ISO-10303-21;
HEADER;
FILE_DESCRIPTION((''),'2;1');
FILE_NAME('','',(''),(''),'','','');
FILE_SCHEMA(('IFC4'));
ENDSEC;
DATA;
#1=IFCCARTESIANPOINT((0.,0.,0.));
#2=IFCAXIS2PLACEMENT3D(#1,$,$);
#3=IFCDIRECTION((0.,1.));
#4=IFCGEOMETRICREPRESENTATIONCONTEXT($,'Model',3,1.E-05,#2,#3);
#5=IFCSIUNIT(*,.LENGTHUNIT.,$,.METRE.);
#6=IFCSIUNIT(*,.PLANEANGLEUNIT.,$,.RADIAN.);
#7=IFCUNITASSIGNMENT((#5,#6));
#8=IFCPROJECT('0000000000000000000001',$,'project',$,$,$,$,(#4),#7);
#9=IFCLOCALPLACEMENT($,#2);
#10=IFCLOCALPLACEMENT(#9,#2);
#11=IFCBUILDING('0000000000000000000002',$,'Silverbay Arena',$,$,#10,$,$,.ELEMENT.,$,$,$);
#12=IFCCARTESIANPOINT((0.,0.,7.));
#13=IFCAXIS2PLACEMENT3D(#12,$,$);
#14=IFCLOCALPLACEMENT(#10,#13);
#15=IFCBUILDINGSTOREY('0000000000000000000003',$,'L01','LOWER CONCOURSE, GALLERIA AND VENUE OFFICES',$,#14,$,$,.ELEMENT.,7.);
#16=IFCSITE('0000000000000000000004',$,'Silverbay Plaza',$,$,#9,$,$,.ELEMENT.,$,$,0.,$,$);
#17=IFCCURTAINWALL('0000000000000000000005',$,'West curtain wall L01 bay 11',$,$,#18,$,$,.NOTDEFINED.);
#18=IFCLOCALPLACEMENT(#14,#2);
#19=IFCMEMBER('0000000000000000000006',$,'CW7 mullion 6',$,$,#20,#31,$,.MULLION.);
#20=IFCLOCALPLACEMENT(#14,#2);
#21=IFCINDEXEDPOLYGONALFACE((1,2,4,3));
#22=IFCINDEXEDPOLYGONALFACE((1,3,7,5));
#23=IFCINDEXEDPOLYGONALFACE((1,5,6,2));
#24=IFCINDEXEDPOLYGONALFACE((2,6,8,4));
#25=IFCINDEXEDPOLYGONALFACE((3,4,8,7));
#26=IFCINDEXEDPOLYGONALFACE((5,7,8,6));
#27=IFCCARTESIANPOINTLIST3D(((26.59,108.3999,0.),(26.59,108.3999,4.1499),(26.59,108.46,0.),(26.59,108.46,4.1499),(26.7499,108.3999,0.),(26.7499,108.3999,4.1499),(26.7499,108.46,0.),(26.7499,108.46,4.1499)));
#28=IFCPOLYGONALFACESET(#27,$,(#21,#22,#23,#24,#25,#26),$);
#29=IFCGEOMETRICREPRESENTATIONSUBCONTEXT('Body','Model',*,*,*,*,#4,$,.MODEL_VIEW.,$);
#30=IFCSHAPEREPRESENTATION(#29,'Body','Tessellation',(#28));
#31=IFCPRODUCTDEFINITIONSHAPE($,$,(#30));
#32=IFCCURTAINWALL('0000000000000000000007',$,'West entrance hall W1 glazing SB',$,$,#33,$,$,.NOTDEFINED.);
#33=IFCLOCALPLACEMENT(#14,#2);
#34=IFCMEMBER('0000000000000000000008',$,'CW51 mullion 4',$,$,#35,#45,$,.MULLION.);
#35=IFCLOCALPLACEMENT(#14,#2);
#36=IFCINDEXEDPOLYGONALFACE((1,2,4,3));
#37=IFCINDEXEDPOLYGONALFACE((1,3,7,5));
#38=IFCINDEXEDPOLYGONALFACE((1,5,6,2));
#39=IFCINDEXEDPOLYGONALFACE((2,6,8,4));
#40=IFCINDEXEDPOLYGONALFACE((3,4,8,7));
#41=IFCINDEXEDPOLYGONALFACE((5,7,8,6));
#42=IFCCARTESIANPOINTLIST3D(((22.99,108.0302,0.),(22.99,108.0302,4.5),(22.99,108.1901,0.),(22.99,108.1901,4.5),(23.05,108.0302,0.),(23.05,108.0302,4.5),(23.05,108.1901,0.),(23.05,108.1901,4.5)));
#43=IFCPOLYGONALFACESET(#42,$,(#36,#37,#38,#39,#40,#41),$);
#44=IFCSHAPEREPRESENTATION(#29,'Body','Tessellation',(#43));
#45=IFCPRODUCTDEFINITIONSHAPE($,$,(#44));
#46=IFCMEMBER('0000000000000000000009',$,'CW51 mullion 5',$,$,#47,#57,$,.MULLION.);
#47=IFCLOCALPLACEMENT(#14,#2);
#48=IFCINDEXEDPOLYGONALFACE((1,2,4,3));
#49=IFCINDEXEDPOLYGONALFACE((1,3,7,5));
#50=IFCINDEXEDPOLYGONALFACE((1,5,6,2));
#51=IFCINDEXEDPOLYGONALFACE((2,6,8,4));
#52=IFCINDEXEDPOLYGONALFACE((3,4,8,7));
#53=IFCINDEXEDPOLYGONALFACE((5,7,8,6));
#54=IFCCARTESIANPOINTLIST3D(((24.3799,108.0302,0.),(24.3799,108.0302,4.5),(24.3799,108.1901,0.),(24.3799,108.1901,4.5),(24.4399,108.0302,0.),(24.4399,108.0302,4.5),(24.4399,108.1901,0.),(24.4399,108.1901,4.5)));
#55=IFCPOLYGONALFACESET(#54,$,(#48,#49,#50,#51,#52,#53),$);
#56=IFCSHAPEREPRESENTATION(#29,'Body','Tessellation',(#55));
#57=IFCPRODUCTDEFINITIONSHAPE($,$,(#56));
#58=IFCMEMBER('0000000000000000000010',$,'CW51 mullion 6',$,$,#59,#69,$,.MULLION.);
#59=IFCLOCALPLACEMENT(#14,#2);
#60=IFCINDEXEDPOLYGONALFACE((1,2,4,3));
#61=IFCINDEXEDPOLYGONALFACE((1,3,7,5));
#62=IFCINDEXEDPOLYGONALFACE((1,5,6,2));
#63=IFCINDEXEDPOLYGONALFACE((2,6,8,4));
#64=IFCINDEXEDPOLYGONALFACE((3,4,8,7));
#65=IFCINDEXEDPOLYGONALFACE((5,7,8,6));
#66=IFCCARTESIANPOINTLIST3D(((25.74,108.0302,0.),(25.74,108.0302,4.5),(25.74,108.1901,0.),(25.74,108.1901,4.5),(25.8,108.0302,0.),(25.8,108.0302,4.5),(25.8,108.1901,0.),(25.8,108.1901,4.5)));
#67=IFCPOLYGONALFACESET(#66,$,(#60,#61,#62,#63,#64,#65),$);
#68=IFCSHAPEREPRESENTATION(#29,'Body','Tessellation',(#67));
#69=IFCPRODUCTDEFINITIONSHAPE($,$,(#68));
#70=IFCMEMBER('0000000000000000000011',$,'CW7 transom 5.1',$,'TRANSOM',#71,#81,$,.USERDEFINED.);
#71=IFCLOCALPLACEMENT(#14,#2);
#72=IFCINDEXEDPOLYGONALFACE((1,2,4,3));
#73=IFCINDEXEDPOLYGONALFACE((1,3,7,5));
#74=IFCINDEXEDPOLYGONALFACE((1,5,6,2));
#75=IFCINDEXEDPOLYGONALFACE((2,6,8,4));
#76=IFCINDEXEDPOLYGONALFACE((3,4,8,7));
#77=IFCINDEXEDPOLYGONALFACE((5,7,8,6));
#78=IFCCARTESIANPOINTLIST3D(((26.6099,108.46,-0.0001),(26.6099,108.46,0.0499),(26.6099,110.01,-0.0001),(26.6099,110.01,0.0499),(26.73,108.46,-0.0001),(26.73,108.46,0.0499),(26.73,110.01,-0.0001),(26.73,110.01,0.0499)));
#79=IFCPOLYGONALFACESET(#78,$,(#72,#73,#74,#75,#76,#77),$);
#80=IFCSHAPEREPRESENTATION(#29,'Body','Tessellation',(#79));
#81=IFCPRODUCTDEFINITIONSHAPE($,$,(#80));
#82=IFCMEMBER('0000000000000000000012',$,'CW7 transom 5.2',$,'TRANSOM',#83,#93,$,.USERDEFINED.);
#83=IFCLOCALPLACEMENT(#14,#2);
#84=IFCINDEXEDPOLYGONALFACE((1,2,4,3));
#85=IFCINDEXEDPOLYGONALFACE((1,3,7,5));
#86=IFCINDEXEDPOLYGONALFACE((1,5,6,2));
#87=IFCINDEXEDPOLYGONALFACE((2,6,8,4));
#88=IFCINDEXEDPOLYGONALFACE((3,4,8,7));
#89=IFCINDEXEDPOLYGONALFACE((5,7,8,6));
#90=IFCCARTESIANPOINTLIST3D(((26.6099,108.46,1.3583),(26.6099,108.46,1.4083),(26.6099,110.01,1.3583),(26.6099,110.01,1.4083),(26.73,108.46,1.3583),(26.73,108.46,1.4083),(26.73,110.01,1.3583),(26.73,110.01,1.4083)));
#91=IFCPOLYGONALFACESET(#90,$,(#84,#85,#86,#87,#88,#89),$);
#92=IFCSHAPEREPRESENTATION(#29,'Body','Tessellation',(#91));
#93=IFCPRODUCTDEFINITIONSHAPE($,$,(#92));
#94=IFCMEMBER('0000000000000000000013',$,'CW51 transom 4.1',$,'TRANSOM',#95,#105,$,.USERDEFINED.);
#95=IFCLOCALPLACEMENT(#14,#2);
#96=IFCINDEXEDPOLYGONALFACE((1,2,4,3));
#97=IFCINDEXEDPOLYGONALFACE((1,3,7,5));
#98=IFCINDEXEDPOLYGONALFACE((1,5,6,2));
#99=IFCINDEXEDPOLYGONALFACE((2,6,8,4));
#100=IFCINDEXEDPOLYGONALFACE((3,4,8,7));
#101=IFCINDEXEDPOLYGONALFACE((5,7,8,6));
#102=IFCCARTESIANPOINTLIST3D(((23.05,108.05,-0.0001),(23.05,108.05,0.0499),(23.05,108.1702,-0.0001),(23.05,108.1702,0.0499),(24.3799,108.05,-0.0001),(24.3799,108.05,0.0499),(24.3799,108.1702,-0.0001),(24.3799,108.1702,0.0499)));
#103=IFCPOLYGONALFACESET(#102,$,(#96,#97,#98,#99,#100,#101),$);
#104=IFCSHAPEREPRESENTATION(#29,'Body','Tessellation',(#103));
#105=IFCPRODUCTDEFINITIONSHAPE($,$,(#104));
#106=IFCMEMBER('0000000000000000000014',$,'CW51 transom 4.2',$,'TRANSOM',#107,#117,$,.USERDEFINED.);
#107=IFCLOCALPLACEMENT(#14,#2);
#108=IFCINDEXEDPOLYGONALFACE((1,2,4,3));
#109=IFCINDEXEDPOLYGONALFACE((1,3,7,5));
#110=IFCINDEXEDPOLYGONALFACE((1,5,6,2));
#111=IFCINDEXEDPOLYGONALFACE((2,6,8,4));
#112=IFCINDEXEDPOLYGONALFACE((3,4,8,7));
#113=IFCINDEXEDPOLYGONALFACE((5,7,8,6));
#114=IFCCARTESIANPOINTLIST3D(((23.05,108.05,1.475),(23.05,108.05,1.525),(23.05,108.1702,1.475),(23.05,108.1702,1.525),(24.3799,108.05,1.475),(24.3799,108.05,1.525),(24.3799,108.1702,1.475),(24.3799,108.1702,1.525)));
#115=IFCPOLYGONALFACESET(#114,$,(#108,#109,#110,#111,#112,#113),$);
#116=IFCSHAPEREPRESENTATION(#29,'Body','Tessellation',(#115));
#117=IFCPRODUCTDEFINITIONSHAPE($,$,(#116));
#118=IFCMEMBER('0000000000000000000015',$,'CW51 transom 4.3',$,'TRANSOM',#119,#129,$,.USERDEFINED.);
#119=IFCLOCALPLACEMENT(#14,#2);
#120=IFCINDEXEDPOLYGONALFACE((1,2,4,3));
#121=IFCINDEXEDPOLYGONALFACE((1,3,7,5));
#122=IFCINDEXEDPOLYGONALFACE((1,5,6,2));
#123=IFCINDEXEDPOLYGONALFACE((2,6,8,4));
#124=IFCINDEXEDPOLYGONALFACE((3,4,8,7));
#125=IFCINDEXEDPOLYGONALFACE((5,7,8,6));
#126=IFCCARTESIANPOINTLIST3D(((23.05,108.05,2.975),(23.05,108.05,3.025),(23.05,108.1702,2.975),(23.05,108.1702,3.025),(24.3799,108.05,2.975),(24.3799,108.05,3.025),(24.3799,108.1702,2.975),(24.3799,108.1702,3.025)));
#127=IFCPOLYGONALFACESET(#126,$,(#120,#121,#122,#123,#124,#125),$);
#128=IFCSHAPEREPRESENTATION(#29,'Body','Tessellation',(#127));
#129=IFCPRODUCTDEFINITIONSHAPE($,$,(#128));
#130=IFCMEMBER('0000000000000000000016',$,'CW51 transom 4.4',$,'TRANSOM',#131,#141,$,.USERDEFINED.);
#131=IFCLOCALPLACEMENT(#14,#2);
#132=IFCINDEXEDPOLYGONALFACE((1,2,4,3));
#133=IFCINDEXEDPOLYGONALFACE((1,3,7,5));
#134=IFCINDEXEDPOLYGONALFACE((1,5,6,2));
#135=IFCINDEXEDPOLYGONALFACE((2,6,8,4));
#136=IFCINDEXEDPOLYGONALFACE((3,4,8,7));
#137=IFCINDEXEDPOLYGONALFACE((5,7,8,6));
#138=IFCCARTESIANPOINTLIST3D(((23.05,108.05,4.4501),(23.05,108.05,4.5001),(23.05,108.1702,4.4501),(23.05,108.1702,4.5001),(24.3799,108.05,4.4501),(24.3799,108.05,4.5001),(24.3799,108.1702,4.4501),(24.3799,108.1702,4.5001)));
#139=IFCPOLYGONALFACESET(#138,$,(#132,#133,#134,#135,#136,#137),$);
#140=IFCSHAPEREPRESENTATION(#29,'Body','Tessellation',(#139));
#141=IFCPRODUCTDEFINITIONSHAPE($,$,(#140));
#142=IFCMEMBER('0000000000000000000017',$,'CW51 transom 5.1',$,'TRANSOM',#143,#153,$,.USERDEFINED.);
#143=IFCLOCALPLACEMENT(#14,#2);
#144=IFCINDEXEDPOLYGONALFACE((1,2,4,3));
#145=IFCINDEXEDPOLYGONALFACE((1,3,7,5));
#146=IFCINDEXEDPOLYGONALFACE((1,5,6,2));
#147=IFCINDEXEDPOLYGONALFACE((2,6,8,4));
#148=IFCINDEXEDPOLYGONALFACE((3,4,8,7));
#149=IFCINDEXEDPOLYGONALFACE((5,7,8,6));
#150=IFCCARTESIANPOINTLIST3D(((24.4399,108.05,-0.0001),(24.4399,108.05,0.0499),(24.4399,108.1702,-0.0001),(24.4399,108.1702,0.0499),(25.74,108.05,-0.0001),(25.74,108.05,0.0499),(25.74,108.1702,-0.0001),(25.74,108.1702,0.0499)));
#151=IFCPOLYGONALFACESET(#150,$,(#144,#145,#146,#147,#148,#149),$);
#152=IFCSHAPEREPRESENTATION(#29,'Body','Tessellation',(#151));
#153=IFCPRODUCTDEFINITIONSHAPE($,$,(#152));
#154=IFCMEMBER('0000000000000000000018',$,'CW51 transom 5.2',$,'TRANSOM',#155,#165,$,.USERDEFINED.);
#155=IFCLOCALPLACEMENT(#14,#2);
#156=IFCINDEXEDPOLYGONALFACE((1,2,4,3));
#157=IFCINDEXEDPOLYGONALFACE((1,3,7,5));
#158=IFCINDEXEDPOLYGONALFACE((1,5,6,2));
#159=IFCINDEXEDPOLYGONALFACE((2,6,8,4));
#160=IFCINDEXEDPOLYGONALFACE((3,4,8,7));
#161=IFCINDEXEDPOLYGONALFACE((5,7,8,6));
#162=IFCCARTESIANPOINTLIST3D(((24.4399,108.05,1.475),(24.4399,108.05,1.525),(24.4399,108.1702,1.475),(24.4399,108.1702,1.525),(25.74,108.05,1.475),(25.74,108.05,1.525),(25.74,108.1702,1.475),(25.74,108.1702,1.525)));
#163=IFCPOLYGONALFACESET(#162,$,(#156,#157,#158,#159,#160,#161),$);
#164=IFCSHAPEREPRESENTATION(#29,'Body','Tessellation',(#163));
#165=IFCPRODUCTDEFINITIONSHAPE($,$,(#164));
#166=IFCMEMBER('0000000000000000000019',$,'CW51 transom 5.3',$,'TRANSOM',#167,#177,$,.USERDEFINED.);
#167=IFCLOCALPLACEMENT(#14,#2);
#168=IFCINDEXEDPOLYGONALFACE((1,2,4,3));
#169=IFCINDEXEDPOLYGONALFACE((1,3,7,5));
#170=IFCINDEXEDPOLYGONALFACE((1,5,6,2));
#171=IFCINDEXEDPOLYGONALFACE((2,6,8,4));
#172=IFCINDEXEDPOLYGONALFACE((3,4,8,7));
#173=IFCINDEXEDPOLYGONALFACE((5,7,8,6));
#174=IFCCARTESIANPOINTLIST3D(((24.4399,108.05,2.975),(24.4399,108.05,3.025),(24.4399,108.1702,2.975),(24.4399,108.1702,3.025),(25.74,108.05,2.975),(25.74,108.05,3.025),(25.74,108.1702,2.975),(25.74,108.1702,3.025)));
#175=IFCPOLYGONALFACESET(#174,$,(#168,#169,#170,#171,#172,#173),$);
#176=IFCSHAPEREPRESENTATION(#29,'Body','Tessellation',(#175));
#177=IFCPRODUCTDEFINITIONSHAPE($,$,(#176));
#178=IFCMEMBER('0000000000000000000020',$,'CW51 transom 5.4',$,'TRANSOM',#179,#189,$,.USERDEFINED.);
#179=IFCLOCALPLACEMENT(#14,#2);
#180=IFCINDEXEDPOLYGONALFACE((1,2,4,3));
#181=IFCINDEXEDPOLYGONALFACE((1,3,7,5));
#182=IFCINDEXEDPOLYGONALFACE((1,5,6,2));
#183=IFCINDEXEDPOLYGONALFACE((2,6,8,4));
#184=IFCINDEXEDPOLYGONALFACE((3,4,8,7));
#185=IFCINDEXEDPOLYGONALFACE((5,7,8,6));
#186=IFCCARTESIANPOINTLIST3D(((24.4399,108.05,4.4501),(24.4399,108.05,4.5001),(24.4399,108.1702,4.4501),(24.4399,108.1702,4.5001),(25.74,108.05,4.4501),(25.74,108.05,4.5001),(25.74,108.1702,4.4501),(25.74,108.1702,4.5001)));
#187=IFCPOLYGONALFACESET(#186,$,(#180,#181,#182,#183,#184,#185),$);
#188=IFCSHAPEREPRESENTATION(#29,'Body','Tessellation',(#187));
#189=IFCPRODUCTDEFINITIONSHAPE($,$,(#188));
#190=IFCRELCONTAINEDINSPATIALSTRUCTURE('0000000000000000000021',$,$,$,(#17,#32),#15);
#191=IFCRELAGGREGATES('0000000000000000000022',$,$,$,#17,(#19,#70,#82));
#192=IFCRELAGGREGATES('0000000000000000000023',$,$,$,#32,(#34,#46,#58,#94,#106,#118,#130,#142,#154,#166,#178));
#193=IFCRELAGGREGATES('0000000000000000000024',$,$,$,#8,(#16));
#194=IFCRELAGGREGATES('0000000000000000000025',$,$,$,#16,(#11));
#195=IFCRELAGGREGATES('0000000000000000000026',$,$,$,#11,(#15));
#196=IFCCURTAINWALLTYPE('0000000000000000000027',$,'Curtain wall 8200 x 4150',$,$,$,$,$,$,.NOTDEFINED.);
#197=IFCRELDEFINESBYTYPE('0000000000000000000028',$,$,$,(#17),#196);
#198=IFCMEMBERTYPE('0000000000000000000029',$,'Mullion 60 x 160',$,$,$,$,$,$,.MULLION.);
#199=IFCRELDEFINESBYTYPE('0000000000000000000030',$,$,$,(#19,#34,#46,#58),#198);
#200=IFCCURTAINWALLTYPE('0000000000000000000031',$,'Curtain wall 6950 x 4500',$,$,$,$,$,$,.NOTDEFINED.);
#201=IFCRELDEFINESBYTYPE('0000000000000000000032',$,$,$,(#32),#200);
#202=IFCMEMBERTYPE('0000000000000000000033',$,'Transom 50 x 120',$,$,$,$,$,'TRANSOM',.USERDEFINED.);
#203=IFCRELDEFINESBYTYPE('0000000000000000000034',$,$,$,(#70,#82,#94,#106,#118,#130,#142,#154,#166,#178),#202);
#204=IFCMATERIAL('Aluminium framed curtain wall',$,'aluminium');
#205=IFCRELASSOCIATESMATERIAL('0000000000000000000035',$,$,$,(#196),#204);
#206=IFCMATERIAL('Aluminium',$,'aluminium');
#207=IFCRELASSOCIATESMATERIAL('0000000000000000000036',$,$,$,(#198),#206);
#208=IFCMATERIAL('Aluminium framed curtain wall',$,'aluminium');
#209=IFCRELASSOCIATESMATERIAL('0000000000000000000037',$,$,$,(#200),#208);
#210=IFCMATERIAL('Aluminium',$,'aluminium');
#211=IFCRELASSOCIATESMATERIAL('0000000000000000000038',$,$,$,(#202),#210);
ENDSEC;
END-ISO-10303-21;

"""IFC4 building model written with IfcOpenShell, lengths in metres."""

from ifc_helpers import new_model, si_unit, direction, frame, origin, origin_2d, place, context, subcontext, project, spatial, rectangle, extrude, material, material_profile, profile_set, type_object, element, aggregate, save


model = new_model("IFC4")

# Units and contexts
model_context = context("Model", 3, precision=1e-05, world=origin(), true_north=direction((0.0, 1.0)))
body_context = subcontext(model_context, "Body", "Model", "MODEL_VIEW")
ifc_project = project(units=[si_unit("LENGTHUNIT", "METRE"), si_unit("PLANEANGLEUNIT", "RADIAN")], contexts=[model_context])

# Site, building, storey
site_placement = place(None, origin())
site = spatial("IfcSite", under=ifc_project, at=site_placement, Name="Silverbay Plaza", CompositionType="ELEMENT", RefElevation=0.0)
building_placement = place(site_placement, origin())
building = spatial("IfcBuilding", under=site, at=building_placement, Name="Silverbay Arena", CompositionType="ELEMENT")
storey_placement = place(building_placement, frame((0.0, 0.0, 7.0)))
storey = spatial("IfcBuildingStorey", under=building, at=storey_placement, Name="L01", Description="LOWER CONCOURSE, GALLERIA AND VENUE OFFICES", CompositionType="ELEMENT", Elevation=7.0)

# Curtain wall, member
ifc_material_1 = material(Name="Aluminium framed curtain wall", Category="aluminium")
curtain_wall_type_1 = type_object("IfcCurtainWallType", Name="Curtain wall 8200 x 4150", PredefinedType="NOTDEFINED", material=ifc_material_1)
curtain_wall_1_placement = place(storey_placement, origin())
curtain_wall_1 = element("IfcCurtainWall", 1, at=curtain_wall_1_placement, inside=storey, type_object=curtain_wall_type_1, Name="West curtain wall L01 bay 11", PredefinedType="NOTDEFINED")
ifc_material_2 = material(Name="Aluminium", Category="aluminium")
ifc_material_profile_1 = material_profile(ifc_material_2, rectangle(XDim=0.1599, YDim=0.0601, at=origin_2d()), Name="Mullion 60 x 160")
ifc_profile_set_1 = profile_set([ifc_material_profile_1], Name="Aluminium")
member_type_1 = type_object("IfcMemberType", Name="Mullion 60 x 160", PredefinedType="MULLION", material=ifc_profile_set_1)
member_1_placement = place(storey_placement, frame((26.6699, 108.4299, 0.0), z_axis=(0.0, 0.0, 1.0), x_axis=(1.0, 0.0, 0.0)))
member_1 = element("IfcMember", 2, at=member_1_placement, type_object=member_type_1, Name="CW7 mullion 6", PredefinedType="MULLION", context=body_context, shape_type="SweptSolid", body=[
    extrude(rectangle(XDim=0.1599, YDim=0.0601, at=origin_2d()), origin(), (0.0, 0.0, 1.0), 4.1499),
])

# Curtain wall, members
ifc_material_3 = material(Name="Aluminium framed curtain wall", Category="aluminium")
curtain_wall_type_2 = type_object("IfcCurtainWallType", Name="Curtain wall 6950 x 4500", PredefinedType="NOTDEFINED", material=ifc_material_3)
curtain_wall_2_placement = place(storey_placement, origin())
curtain_wall_2 = element("IfcCurtainWall", 3, at=curtain_wall_2_placement, inside=storey, type_object=curtain_wall_type_2, Name="West entrance hall W1 glazing SB", PredefinedType="NOTDEFINED")
member_2_placement = place(storey_placement, frame((23.02, 108.1101, 0.0), z_axis=(0.0, 0.0, 1.0), x_axis=(0.0, 1.0, 0.0)))
member_2 = element("IfcMember", 4, at=member_2_placement, type_object=member_type_1, Name="CW51 mullion 4", PredefinedType="MULLION", context=body_context, shape_type="SweptSolid", body=[
    extrude(rectangle(XDim=0.1599, YDim=0.0601, at=origin_2d()), origin(), (0.0, 0.0, 1.0), 4.5),
])
member_3_placement = place(storey_placement, frame((24.4099, 108.1101, 0.0), z_axis=(0.0, 0.0, 1.0), x_axis=(0.0, 1.0, 0.0)))
member_3 = element("IfcMember", 5, at=member_3_placement, type_object=member_type_1, Name="CW51 mullion 5", PredefinedType="MULLION", context=body_context, shape_type="SweptSolid", body=[
    extrude(rectangle(XDim=0.1599, YDim=0.0601, at=origin_2d()), origin(), (0.0, 0.0, 1.0), 4.5),
])
member_4_placement = place(storey_placement, frame((25.77, 108.1101, 0.0), z_axis=(0.0, 0.0, 1.0), x_axis=(0.0, 1.0, 0.0)))
member_4 = element("IfcMember", 6, at=member_4_placement, type_object=member_type_1, Name="CW51 mullion 6", PredefinedType="MULLION", context=body_context, shape_type="SweptSolid", body=[
    extrude(rectangle(XDim=0.1599, YDim=0.0601, at=origin_2d()), origin(), (0.0, 0.0, 1.0), 4.5),
])

# Members
ifc_material_4 = material(Name="Aluminium", Category="aluminium")
ifc_material_profile_2 = material_profile(ifc_material_4, rectangle(XDim=0.1201, YDim=0.05, at=origin_2d()), Name="Transom 50 x 120")
ifc_profile_set_2 = profile_set([ifc_material_profile_2], Name="Aluminium")
member_type_2 = type_object("IfcMemberType", Name="Transom 50 x 120", ElementType="TRANSOM", PredefinedType="USERDEFINED", material=ifc_profile_set_2)
member_5_placement = place(storey_placement, frame((26.6699, 110.01, 0.0249), z_axis=(0.0, -1.0, 0.0), x_axis=(1.0, 0.0, 0.0)))
member_5 = element("IfcMember", 7, at=member_5_placement, type_object=member_type_2, Name="CW7 transom 5.1", ObjectType="TRANSOM", PredefinedType="USERDEFINED", context=body_context, shape_type="SweptSolid", body=[
    extrude(rectangle(XDim=0.1201, YDim=0.05, at=origin_2d()), origin(), (0.0, 0.0, 1.0), 1.55),
])
member_6_placement = place(storey_placement, frame((26.6699, 110.01, 1.3833), z_axis=(0.0, -1.0, 0.0), x_axis=(1.0, 0.0, 0.0)))
member_6 = element("IfcMember", 8, at=member_6_placement, type_object=member_type_2, Name="CW7 transom 5.2", ObjectType="TRANSOM", PredefinedType="USERDEFINED", context=body_context, shape_type="SweptSolid", body=[
    extrude(rectangle(XDim=0.1201, YDim=0.05, at=origin_2d()), origin(), (0.0, 0.0, 1.0), 1.55),
])
member_7_placement = place(storey_placement, frame((23.05, 108.1101, 0.0249), z_axis=(1.0, 0.0, 0.0), x_axis=(0.0, 1.0, 0.0)))
member_7 = element("IfcMember", 9, at=member_7_placement, type_object=member_type_2, Name="CW51 transom 4.1", ObjectType="TRANSOM", PredefinedType="USERDEFINED", context=body_context, shape_type="SweptSolid", body=[
    extrude(rectangle(XDim=0.1201, YDim=0.05, at=origin_2d()), origin(), (0.0, 0.0, 1.0), 1.3298),
])
member_8_placement = place(storey_placement, frame((23.05, 108.1101, 1.5), z_axis=(1.0, 0.0, 0.0), x_axis=(0.0, 1.0, 0.0)))
member_8 = element("IfcMember", 10, at=member_8_placement, type_object=member_type_2, Name="CW51 transom 4.2", ObjectType="TRANSOM", PredefinedType="USERDEFINED", context=body_context, shape_type="SweptSolid", body=[
    extrude(rectangle(XDim=0.1201, YDim=0.05, at=origin_2d()), origin(), (0.0, 0.0, 1.0), 1.3298),
])
member_9_placement = place(storey_placement, frame((23.05, 108.1101, 3.0), z_axis=(1.0, 0.0, 0.0), x_axis=(0.0, 1.0, 0.0)))
member_9 = element("IfcMember", 11, at=member_9_placement, type_object=member_type_2, Name="CW51 transom 4.3", ObjectType="TRANSOM", PredefinedType="USERDEFINED", context=body_context, shape_type="SweptSolid", body=[
    extrude(rectangle(XDim=0.1201, YDim=0.05, at=origin_2d()), origin(), (0.0, 0.0, 1.0), 1.3298),
])
member_10_placement = place(storey_placement, frame((23.05, 108.1101, 4.4751), z_axis=(1.0, 0.0, 0.0), x_axis=(0.0, 1.0, 0.0)))
member_10 = element("IfcMember", 12, at=member_10_placement, type_object=member_type_2, Name="CW51 transom 4.4", ObjectType="TRANSOM", PredefinedType="USERDEFINED", context=body_context, shape_type="SweptSolid", body=[
    extrude(rectangle(XDim=0.1201, YDim=0.05, at=origin_2d()), origin(), (0.0, 0.0, 1.0), 1.3298),
])
member_11_placement = place(storey_placement, frame((24.4399, 108.1101, 0.0249), z_axis=(1.0, 0.0, 0.0), x_axis=(0.0, 1.0, 0.0)))
member_11 = element("IfcMember", 13, at=member_11_placement, type_object=member_type_2, Name="CW51 transom 5.1", ObjectType="TRANSOM", PredefinedType="USERDEFINED", context=body_context, shape_type="SweptSolid", body=[
    extrude(rectangle(XDim=0.1201, YDim=0.05, at=origin_2d()), origin(), (0.0, 0.0, 1.0), 1.3),
])
member_12_placement = place(storey_placement, frame((24.4399, 108.1101, 1.5), z_axis=(1.0, 0.0, 0.0), x_axis=(0.0, 1.0, 0.0)))
member_12 = element("IfcMember", 14, at=member_12_placement, type_object=member_type_2, Name="CW51 transom 5.2", ObjectType="TRANSOM", PredefinedType="USERDEFINED", context=body_context, shape_type="SweptSolid", body=[
    extrude(rectangle(XDim=0.1201, YDim=0.05, at=origin_2d()), origin(), (0.0, 0.0, 1.0), 1.3),
])
member_13_placement = place(storey_placement, frame((24.4399, 108.1101, 3.0), z_axis=(1.0, 0.0, 0.0), x_axis=(0.0, 1.0, 0.0)))
member_13 = element("IfcMember", 15, at=member_13_placement, type_object=member_type_2, Name="CW51 transom 5.3", ObjectType="TRANSOM", PredefinedType="USERDEFINED", context=body_context, shape_type="SweptSolid", body=[
    extrude(rectangle(XDim=0.1201, YDim=0.05, at=origin_2d()), origin(), (0.0, 0.0, 1.0), 1.3),
])
member_14_placement = place(storey_placement, frame((24.4399, 108.1101, 4.4751), z_axis=(1.0, 0.0, 0.0), x_axis=(0.0, 1.0, 0.0)))
member_14 = element("IfcMember", 16, at=member_14_placement, type_object=member_type_2, Name="CW51 transom 5.4", ObjectType="TRANSOM", PredefinedType="USERDEFINED", context=body_context, shape_type="SweptSolid", body=[
    extrude(rectangle(XDim=0.1201, YDim=0.05, at=origin_2d()), origin(), (0.0, 0.0, 1.0), 1.3),
])

aggregate(curtain_wall_1, [member_1, member_5, member_6])
aggregate(curtain_wall_2, [member_2, member_3, member_4, member_7, member_8, member_9, member_10, member_11, member_12, member_13, member_14])

save(model, "model.ifc")
